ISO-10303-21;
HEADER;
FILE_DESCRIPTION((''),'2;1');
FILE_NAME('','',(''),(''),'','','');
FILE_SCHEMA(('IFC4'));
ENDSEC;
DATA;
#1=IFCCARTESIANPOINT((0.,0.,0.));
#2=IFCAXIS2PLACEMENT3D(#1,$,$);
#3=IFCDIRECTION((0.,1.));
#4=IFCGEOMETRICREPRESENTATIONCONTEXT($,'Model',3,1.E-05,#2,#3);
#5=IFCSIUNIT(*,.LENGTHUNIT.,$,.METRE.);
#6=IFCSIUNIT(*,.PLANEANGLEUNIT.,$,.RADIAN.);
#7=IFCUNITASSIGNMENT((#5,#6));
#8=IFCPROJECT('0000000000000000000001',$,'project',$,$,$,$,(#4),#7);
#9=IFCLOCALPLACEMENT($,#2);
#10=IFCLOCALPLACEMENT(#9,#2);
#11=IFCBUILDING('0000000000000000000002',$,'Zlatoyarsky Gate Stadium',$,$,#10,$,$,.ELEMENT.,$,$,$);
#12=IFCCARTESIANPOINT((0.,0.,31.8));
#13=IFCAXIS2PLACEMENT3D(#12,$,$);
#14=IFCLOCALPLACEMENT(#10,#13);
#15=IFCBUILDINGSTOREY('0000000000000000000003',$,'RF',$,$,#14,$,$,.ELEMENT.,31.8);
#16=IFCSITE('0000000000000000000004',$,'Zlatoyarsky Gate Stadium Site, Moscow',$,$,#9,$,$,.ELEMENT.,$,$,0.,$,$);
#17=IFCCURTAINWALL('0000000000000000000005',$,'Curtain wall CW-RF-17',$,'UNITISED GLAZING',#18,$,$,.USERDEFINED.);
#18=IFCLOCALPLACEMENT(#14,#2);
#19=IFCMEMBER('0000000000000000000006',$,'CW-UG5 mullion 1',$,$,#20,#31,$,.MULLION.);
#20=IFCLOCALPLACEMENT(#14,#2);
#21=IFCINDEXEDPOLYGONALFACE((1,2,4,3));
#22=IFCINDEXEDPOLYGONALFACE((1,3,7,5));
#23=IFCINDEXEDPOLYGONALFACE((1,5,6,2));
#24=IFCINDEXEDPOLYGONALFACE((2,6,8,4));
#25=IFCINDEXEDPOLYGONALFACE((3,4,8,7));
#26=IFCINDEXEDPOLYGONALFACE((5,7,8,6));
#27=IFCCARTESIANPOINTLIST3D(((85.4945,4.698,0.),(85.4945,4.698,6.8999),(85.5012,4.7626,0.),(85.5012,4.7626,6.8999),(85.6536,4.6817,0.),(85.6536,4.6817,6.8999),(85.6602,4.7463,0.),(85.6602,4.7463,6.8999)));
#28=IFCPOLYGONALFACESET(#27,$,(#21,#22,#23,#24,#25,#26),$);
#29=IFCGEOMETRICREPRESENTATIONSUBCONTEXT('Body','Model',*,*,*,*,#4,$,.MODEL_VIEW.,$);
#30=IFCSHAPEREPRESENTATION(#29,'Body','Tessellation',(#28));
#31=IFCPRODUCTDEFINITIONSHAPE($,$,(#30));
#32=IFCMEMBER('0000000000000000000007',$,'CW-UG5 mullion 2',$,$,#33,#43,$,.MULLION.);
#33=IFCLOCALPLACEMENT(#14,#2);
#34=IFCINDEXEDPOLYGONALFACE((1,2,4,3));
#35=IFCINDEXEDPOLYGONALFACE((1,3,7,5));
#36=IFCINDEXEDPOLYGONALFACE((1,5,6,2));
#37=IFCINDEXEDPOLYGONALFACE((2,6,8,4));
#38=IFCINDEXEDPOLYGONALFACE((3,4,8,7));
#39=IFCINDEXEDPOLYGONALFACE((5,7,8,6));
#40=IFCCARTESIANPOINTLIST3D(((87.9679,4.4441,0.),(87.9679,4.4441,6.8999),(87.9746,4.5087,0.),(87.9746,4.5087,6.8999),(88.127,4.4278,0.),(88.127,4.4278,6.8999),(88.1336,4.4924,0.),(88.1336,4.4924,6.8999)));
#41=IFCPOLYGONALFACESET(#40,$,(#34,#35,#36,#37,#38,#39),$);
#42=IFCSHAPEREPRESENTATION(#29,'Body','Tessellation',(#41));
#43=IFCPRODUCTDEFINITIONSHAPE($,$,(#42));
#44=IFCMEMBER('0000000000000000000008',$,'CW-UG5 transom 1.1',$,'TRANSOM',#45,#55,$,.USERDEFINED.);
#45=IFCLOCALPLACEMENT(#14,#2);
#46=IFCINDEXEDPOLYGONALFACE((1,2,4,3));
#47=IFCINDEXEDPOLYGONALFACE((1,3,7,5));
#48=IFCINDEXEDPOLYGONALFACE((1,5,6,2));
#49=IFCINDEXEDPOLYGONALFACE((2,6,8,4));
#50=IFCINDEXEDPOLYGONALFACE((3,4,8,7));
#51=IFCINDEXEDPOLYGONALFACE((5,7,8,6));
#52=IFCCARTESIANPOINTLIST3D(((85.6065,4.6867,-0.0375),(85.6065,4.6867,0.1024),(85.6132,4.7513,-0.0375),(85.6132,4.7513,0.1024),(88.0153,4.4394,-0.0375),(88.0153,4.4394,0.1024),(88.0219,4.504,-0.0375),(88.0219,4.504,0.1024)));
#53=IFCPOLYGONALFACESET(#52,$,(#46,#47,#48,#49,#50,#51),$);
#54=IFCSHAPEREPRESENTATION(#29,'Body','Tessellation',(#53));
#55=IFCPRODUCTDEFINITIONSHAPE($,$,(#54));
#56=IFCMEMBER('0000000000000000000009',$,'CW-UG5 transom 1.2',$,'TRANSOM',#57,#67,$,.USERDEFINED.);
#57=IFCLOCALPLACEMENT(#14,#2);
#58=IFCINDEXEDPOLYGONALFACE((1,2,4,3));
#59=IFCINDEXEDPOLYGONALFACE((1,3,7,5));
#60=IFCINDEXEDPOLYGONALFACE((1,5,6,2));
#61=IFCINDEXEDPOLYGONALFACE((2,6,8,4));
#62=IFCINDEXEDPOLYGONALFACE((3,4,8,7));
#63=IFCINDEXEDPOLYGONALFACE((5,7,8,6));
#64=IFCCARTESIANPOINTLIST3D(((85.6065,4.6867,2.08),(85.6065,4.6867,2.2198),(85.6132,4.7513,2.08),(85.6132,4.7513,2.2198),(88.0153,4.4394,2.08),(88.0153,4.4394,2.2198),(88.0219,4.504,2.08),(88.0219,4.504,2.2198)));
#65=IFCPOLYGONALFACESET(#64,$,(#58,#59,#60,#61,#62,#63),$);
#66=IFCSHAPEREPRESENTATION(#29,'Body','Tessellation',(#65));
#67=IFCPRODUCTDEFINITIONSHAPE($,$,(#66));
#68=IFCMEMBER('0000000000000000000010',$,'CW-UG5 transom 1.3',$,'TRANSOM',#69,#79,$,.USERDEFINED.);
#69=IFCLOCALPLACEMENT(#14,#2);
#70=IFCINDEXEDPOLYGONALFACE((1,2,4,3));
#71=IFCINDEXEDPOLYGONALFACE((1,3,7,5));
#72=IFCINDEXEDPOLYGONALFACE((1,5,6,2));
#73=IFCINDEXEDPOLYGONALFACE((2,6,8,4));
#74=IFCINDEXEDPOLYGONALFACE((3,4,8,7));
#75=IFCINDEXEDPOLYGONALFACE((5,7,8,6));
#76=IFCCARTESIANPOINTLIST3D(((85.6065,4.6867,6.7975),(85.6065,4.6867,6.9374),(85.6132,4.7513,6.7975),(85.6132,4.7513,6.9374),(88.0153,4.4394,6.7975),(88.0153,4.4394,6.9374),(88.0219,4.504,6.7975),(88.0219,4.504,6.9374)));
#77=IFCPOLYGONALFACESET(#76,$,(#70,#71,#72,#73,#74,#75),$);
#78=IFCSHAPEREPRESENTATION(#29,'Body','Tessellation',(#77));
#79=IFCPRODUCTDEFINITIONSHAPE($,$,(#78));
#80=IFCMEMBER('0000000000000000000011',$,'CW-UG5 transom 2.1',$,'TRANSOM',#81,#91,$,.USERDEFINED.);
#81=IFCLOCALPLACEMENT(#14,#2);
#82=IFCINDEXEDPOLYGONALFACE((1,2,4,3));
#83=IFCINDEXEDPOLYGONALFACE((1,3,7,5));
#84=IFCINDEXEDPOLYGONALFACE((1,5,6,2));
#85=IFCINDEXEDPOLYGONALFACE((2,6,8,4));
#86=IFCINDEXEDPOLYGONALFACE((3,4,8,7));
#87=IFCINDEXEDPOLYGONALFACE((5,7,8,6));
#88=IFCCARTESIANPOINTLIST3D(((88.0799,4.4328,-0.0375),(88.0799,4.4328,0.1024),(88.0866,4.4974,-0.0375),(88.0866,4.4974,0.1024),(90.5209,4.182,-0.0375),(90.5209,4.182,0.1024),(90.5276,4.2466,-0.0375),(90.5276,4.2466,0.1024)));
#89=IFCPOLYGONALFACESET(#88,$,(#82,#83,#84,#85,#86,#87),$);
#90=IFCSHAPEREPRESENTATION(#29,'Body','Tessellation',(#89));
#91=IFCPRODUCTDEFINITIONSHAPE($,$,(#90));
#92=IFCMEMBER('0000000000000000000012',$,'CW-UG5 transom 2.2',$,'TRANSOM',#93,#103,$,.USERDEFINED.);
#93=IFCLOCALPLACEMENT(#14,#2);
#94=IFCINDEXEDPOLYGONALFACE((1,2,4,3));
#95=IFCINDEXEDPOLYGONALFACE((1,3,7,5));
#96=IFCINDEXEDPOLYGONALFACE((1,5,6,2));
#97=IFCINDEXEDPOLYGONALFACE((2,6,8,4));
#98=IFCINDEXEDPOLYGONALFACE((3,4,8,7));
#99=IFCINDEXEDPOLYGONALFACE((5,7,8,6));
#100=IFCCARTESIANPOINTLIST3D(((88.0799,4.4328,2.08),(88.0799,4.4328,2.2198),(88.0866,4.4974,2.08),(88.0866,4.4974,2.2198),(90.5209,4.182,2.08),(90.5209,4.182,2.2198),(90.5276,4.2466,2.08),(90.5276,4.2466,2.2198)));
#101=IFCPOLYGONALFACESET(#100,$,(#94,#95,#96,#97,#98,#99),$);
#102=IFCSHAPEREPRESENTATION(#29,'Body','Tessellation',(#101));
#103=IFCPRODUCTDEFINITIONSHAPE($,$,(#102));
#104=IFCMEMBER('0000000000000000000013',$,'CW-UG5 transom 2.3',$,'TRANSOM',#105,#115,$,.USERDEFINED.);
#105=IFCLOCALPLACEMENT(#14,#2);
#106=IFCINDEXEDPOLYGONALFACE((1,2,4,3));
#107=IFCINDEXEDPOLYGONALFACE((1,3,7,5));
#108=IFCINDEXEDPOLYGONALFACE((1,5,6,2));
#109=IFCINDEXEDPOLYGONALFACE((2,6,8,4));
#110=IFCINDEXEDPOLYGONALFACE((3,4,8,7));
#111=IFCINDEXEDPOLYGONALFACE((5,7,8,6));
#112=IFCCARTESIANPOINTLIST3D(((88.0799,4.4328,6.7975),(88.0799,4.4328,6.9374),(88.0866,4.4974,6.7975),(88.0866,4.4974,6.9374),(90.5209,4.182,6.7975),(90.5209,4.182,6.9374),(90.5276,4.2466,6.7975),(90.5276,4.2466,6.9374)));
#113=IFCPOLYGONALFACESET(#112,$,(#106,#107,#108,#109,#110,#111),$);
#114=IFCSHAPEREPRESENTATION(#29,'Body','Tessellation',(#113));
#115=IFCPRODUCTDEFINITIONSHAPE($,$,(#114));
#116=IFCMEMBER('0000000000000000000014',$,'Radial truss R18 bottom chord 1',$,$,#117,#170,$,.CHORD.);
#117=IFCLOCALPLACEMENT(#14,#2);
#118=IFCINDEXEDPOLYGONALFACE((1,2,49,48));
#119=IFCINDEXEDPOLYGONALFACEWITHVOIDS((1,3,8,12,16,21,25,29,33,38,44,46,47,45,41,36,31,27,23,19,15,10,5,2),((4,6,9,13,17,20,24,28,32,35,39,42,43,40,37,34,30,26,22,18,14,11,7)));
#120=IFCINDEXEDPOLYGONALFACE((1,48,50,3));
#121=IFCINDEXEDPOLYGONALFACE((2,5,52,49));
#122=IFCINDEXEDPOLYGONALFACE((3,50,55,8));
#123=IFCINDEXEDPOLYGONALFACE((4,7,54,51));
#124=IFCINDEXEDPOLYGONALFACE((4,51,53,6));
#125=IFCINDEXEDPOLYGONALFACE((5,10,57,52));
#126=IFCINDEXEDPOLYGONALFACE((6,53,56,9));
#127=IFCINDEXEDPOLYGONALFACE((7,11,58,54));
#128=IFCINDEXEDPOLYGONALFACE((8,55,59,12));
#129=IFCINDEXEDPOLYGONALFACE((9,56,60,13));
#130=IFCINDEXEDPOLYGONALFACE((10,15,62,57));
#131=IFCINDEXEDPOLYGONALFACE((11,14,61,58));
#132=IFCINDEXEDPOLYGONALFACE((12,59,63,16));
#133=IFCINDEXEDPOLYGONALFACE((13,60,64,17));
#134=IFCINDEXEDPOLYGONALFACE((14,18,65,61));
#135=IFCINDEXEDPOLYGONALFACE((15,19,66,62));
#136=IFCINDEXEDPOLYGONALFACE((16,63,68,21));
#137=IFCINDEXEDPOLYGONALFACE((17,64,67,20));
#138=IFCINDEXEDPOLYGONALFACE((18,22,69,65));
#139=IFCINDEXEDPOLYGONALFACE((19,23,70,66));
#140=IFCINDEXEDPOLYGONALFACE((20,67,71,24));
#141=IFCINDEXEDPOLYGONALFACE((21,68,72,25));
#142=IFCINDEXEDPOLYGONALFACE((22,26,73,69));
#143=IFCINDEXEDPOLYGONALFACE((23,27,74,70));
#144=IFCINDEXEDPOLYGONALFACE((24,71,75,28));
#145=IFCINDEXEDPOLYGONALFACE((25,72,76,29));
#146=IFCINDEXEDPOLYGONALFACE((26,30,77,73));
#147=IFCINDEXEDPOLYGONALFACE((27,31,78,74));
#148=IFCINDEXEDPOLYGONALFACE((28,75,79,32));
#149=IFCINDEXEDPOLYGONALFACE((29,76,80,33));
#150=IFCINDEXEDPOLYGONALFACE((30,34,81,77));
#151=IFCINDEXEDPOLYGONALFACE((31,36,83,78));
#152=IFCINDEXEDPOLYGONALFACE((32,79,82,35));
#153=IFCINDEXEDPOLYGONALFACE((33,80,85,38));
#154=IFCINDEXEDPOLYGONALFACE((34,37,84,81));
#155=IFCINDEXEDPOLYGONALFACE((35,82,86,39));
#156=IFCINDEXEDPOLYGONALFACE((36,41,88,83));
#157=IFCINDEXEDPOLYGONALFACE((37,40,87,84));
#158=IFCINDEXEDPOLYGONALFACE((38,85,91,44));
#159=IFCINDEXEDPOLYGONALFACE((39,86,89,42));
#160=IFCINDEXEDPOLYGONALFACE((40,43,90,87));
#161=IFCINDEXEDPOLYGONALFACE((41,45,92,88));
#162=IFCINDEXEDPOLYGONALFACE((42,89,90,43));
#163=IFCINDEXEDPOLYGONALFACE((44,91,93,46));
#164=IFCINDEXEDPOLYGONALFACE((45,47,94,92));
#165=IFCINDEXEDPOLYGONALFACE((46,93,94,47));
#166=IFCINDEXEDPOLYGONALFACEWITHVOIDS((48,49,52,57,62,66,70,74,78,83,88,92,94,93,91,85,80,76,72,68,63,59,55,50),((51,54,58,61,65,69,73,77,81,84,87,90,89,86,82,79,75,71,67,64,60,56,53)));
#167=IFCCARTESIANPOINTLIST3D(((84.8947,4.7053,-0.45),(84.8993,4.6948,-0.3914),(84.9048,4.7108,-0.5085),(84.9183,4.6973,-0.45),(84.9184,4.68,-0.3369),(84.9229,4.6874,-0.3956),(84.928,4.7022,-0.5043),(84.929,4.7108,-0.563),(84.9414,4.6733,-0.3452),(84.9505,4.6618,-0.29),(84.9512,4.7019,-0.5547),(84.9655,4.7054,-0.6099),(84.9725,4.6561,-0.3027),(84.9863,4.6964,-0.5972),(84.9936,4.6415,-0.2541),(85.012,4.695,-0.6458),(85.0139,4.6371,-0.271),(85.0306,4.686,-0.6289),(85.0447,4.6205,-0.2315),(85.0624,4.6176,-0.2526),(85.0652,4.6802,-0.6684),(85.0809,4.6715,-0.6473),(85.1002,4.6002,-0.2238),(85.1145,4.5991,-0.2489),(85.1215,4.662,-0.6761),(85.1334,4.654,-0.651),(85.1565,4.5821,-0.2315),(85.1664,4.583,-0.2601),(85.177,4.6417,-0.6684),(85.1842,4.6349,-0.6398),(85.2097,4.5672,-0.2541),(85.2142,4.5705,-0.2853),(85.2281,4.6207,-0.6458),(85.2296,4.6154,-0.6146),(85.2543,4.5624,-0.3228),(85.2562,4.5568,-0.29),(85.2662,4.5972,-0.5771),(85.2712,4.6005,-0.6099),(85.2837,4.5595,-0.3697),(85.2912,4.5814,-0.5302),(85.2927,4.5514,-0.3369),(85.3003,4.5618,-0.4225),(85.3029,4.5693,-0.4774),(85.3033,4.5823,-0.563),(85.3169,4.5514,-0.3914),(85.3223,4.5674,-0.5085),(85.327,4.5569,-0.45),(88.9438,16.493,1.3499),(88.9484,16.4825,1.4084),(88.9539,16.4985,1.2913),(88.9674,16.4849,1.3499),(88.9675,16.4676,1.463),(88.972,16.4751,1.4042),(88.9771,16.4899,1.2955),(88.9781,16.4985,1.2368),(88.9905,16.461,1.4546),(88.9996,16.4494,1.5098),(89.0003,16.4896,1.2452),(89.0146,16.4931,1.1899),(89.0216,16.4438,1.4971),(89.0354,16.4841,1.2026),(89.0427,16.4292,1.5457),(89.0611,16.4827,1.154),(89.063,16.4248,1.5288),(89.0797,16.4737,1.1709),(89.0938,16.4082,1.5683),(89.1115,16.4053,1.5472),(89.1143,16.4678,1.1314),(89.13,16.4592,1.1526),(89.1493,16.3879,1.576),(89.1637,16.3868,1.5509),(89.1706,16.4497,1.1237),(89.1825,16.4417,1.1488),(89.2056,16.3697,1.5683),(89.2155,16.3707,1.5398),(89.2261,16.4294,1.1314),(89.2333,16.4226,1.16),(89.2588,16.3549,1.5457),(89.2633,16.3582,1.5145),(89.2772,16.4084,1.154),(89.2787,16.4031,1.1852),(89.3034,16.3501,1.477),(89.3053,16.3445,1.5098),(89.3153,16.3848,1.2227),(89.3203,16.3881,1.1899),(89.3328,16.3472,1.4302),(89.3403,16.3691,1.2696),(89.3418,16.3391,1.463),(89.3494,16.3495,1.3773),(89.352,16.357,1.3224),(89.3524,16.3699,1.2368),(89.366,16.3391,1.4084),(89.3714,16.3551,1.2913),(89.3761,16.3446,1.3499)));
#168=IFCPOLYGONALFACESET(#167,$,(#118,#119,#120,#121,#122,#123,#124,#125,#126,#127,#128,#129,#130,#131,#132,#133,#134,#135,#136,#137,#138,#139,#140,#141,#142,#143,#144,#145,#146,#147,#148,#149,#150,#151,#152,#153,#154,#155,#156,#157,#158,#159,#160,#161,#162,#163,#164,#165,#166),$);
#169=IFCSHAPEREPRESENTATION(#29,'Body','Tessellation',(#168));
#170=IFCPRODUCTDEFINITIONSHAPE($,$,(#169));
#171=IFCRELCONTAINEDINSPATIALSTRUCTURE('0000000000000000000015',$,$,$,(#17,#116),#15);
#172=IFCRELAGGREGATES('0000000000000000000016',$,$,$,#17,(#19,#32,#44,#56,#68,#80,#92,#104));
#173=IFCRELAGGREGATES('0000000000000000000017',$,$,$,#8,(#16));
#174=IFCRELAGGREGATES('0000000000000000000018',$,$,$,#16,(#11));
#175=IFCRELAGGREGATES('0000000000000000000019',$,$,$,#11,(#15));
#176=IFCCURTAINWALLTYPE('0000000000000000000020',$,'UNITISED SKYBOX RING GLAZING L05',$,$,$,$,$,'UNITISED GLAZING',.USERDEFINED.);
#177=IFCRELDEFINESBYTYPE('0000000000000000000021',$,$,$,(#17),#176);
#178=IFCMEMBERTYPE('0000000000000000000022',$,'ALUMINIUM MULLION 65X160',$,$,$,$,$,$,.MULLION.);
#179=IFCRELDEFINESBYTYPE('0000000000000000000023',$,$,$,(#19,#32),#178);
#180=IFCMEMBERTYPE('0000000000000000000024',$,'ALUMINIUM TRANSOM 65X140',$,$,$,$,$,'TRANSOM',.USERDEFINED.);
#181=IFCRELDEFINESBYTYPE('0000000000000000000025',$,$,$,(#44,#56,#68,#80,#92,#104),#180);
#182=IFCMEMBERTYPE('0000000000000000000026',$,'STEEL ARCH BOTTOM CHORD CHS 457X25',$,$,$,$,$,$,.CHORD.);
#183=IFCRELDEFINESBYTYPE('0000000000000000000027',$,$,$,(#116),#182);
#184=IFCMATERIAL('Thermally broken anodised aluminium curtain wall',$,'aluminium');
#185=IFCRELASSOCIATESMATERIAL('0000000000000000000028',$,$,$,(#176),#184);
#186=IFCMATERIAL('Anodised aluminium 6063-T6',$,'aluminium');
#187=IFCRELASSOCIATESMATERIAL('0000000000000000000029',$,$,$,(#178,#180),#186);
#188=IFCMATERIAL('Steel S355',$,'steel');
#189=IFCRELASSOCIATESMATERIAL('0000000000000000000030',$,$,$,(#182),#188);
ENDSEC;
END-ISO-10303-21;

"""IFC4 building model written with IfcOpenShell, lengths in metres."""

from ifc_helpers import new_model, si_unit, direction, frame, origin, origin_2d, place, context, subcontext, project, spatial, rectangle, hollow_circle, extrude, material, material_profile, profile_set, type_object, element, aggregate, save


model = new_model("IFC4")

# Units and contexts
model_context = context("Model", 3, precision=1e-05, world=origin(), true_north=direction((0.0, 1.0)))
body_context = subcontext(model_context, "Body", "Model", "MODEL_VIEW")
ifc_project = project(units=[si_unit("LENGTHUNIT", "METRE"), si_unit("PLANEANGLEUNIT", "RADIAN")], contexts=[model_context])

# Site, building, storey
site_placement = place(None, origin())
site = spatial("IfcSite", under=ifc_project, at=site_placement, Name="Zlatoyarsky Gate Stadium Site, Moscow", CompositionType="ELEMENT", RefElevation=0.0)
building_placement = place(site_placement, origin())
building = spatial("IfcBuilding", under=site, at=building_placement, Name="Zlatoyarsky Gate Stadium", CompositionType="ELEMENT")
storey_placement = place(building_placement, frame((0.0, 0.0, 31.8)))
storey = spatial("IfcBuildingStorey", under=building, at=storey_placement, Name="RF", CompositionType="ELEMENT", Elevation=31.8)

# Curtain wall, members
ifc_material_1 = material(Name="Thermally broken anodised aluminium curtain wall", Category="aluminium")
curtain_wall_type = type_object("IfcCurtainWallType", Name="UNITISED SKYBOX RING GLAZING L05", ElementType="UNITISED GLAZING", PredefinedType="USERDEFINED", material=ifc_material_1)
curtain_wall_placement = place(storey_placement, origin())
curtain_wall = element("IfcCurtainWall", 1, at=curtain_wall_placement, inside=storey, type_object=curtain_wall_type, Name="Curtain wall CW-RF-17", ObjectType="UNITISED GLAZING", PredefinedType="USERDEFINED")
ifc_material_2 = material(Name="Anodised aluminium 6063-T6", Category="aluminium")
ifc_material_profile_1 = material_profile(ifc_material_2, rectangle(XDim=0.0649, YDim=0.1599, at=origin_2d()), Name="ALU 65X160")
ifc_profile_set_1 = profile_set([ifc_material_profile_1], Name="Anodised aluminium 6063-T6")
member_type_1 = type_object("IfcMemberType", Name="ALUMINIUM MULLION 65X160", PredefinedType="MULLION", material=ifc_profile_set_1)
member_1_placement = place(storey_placement, frame((85.5774, 4.7222, 0.0), z_axis=(0.0, 0.0, 1.0), x_axis=(0.102125, 0.994772, 0.0)))
member_1 = element("IfcMember", 2, at=member_1_placement, type_object=member_type_1, Name="CW-UG5 mullion 1", PredefinedType="MULLION", context=body_context, shape_type="SweptSolid", body=[
    extrude(rectangle(XDim=0.0649, YDim=0.1599, at=origin_2d()), origin(), (0.0, 0.0, 1.0), 6.8999),
])
member_2_placement = place(storey_placement, frame((88.0508, 4.4683, 0.0), z_axis=(0.0, 0.0, 1.0), x_axis=(0.102125, 0.994772, 0.0)))
member_2 = element("IfcMember", 3, at=member_2_placement, type_object=member_type_1, Name="CW-UG5 mullion 2", PredefinedType="MULLION", context=body_context, shape_type="SweptSolid", body=[
    extrude(rectangle(XDim=0.0649, YDim=0.1599, at=origin_2d()), origin(), (0.0, 0.0, 1.0), 6.8999),
])
ifc_material_profile_2 = material_profile(ifc_material_2, rectangle(XDim=0.0649, YDim=0.1399, at=origin_2d()), Name="ALU 65X140")
ifc_profile_set_2 = profile_set([ifc_material_profile_2], Name="Anodised aluminium 6063-T6")
member_type_2 = type_object("IfcMemberType", Name="ALUMINIUM TRANSOM 65X140", ElementType="TRANSOM", PredefinedType="USERDEFINED", material=ifc_profile_set_2)
member_3_placement = place(storey_placement, frame((85.6099, 4.719, 0.0325), z_axis=(0.99477, -0.102139, 0.0), x_axis=(0.102139, 0.99477, 0.0)))
member_3 = element("IfcMember", 4, at=member_3_placement, type_object=member_type_2, Name="CW-UG5 transom 1.1", ObjectType="TRANSOM", PredefinedType="USERDEFINED", context=body_context, shape_type="SweptSolid", body=[
    extrude(rectangle(XDim=0.0649, YDim=0.1399, at=origin_2d()), origin(), (0.0, 0.0, 1.0), 2.4214),
])
member_4_placement = place(storey_placement, frame((85.6099, 4.719, 2.1499), z_axis=(0.99477, -0.102139, 0.0), x_axis=(0.102139, 0.99477, 0.0)))
member_4 = element("IfcMember", 5, at=member_4_placement, type_object=member_type_2, Name="CW-UG5 transom 1.2", ObjectType="TRANSOM", PredefinedType="USERDEFINED", context=body_context, shape_type="SweptSolid", body=[
    extrude(rectangle(XDim=0.0649, YDim=0.1399, at=origin_2d()), origin(), (0.0, 0.0, 1.0), 2.4214),
])
member_5_placement = place(storey_placement, frame((85.6099, 4.719, 6.8674), z_axis=(0.99477, -0.102139, 0.0), x_axis=(0.102139, 0.99477, 0.0)))
member_5 = element("IfcMember", 6, at=member_5_placement, type_object=member_type_2, Name="CW-UG5 transom 1.3", ObjectType="TRANSOM", PredefinedType="USERDEFINED", context=body_context, shape_type="SweptSolid", body=[
    extrude(rectangle(XDim=0.0649, YDim=0.1399, at=origin_2d()), origin(), (0.0, 0.0, 1.0), 2.4214),
])
member_6_placement = place(storey_placement, frame((88.0833, 4.4651, 0.0325), z_axis=(0.994766, -0.102183, 0.0), x_axis=(0.102183, 0.994766, 0.0)))
member_6 = element("IfcMember", 7, at=member_6_placement, type_object=member_type_2, Name="CW-UG5 transom 2.1", ObjectType="TRANSOM", PredefinedType="USERDEFINED", context=body_context, shape_type="SweptSolid", body=[
    extrude(rectangle(XDim=0.0649, YDim=0.1399, at=origin_2d()), origin(), (0.0, 0.0, 1.0), 2.4539),
])
member_7_placement = place(storey_placement, frame((88.0833, 4.4651, 2.1499), z_axis=(0.994766, -0.102183, 0.0), x_axis=(0.102183, 0.994766, 0.0)))
member_7 = element("IfcMember", 8, at=member_7_placement, type_object=member_type_2, Name="CW-UG5 transom 2.2", ObjectType="TRANSOM", PredefinedType="USERDEFINED", context=body_context, shape_type="SweptSolid", body=[
    extrude(rectangle(XDim=0.0649, YDim=0.1399, at=origin_2d()), origin(), (0.0, 0.0, 1.0), 2.4539),
])
member_8_placement = place(storey_placement, frame((88.0833, 4.4651, 6.8674), z_axis=(0.994766, -0.102183, 0.0), x_axis=(0.102183, 0.994766, 0.0)))
member_8 = element("IfcMember", 9, at=member_8_placement, type_object=member_type_2, Name="CW-UG5 transom 2.3", ObjectType="TRANSOM", PredefinedType="USERDEFINED", context=body_context, shape_type="SweptSolid", body=[
    extrude(rectangle(XDim=0.0649, YDim=0.1399, at=origin_2d()), origin(), (0.0, 0.0, 1.0), 2.4539),
])

# Member
ifc_material_3 = material(Name="Steel S355", Category="steel")
ifc_material_profile_3 = material_profile(ifc_material_3, hollow_circle(Radius=0.2285, WallThickness=0.0249, at=origin_2d()), Name="CHS 457X25")
ifc_profile_set_3 = profile_set([ifc_material_profile_3], Name="Steel S355")
member_type_3 = type_object("IfcMemberType", Name="STEEL ARCH BOTTOM CHORD CHS 457X25", PredefinedType="CHORD", material=ifc_profile_set_3)
member_9_placement = place(storey_placement, frame((85.1108, 4.6311, -0.45), z_axis=(0.321536, 0.936049, 0.142922), x_axis=(-0.945758, 0.324871, 0.0)))
element("IfcMember", 10, at=member_9_placement, inside=storey, type_object=member_type_3, Name="Radial truss R18 bottom chord 1", PredefinedType="CHORD", context=body_context, shape_type="SweptSolid", body=[
    extrude(hollow_circle(Radius=0.2285, WallThickness=0.0249, at=origin_2d()), origin(), (0.0, 0.0, 1.0), 12.593),
])

aggregate(curtain_wall, [member_1, member_2, member_3, member_4, member_5, member_6, member_7, member_8])

save(model, "model.ifc")
